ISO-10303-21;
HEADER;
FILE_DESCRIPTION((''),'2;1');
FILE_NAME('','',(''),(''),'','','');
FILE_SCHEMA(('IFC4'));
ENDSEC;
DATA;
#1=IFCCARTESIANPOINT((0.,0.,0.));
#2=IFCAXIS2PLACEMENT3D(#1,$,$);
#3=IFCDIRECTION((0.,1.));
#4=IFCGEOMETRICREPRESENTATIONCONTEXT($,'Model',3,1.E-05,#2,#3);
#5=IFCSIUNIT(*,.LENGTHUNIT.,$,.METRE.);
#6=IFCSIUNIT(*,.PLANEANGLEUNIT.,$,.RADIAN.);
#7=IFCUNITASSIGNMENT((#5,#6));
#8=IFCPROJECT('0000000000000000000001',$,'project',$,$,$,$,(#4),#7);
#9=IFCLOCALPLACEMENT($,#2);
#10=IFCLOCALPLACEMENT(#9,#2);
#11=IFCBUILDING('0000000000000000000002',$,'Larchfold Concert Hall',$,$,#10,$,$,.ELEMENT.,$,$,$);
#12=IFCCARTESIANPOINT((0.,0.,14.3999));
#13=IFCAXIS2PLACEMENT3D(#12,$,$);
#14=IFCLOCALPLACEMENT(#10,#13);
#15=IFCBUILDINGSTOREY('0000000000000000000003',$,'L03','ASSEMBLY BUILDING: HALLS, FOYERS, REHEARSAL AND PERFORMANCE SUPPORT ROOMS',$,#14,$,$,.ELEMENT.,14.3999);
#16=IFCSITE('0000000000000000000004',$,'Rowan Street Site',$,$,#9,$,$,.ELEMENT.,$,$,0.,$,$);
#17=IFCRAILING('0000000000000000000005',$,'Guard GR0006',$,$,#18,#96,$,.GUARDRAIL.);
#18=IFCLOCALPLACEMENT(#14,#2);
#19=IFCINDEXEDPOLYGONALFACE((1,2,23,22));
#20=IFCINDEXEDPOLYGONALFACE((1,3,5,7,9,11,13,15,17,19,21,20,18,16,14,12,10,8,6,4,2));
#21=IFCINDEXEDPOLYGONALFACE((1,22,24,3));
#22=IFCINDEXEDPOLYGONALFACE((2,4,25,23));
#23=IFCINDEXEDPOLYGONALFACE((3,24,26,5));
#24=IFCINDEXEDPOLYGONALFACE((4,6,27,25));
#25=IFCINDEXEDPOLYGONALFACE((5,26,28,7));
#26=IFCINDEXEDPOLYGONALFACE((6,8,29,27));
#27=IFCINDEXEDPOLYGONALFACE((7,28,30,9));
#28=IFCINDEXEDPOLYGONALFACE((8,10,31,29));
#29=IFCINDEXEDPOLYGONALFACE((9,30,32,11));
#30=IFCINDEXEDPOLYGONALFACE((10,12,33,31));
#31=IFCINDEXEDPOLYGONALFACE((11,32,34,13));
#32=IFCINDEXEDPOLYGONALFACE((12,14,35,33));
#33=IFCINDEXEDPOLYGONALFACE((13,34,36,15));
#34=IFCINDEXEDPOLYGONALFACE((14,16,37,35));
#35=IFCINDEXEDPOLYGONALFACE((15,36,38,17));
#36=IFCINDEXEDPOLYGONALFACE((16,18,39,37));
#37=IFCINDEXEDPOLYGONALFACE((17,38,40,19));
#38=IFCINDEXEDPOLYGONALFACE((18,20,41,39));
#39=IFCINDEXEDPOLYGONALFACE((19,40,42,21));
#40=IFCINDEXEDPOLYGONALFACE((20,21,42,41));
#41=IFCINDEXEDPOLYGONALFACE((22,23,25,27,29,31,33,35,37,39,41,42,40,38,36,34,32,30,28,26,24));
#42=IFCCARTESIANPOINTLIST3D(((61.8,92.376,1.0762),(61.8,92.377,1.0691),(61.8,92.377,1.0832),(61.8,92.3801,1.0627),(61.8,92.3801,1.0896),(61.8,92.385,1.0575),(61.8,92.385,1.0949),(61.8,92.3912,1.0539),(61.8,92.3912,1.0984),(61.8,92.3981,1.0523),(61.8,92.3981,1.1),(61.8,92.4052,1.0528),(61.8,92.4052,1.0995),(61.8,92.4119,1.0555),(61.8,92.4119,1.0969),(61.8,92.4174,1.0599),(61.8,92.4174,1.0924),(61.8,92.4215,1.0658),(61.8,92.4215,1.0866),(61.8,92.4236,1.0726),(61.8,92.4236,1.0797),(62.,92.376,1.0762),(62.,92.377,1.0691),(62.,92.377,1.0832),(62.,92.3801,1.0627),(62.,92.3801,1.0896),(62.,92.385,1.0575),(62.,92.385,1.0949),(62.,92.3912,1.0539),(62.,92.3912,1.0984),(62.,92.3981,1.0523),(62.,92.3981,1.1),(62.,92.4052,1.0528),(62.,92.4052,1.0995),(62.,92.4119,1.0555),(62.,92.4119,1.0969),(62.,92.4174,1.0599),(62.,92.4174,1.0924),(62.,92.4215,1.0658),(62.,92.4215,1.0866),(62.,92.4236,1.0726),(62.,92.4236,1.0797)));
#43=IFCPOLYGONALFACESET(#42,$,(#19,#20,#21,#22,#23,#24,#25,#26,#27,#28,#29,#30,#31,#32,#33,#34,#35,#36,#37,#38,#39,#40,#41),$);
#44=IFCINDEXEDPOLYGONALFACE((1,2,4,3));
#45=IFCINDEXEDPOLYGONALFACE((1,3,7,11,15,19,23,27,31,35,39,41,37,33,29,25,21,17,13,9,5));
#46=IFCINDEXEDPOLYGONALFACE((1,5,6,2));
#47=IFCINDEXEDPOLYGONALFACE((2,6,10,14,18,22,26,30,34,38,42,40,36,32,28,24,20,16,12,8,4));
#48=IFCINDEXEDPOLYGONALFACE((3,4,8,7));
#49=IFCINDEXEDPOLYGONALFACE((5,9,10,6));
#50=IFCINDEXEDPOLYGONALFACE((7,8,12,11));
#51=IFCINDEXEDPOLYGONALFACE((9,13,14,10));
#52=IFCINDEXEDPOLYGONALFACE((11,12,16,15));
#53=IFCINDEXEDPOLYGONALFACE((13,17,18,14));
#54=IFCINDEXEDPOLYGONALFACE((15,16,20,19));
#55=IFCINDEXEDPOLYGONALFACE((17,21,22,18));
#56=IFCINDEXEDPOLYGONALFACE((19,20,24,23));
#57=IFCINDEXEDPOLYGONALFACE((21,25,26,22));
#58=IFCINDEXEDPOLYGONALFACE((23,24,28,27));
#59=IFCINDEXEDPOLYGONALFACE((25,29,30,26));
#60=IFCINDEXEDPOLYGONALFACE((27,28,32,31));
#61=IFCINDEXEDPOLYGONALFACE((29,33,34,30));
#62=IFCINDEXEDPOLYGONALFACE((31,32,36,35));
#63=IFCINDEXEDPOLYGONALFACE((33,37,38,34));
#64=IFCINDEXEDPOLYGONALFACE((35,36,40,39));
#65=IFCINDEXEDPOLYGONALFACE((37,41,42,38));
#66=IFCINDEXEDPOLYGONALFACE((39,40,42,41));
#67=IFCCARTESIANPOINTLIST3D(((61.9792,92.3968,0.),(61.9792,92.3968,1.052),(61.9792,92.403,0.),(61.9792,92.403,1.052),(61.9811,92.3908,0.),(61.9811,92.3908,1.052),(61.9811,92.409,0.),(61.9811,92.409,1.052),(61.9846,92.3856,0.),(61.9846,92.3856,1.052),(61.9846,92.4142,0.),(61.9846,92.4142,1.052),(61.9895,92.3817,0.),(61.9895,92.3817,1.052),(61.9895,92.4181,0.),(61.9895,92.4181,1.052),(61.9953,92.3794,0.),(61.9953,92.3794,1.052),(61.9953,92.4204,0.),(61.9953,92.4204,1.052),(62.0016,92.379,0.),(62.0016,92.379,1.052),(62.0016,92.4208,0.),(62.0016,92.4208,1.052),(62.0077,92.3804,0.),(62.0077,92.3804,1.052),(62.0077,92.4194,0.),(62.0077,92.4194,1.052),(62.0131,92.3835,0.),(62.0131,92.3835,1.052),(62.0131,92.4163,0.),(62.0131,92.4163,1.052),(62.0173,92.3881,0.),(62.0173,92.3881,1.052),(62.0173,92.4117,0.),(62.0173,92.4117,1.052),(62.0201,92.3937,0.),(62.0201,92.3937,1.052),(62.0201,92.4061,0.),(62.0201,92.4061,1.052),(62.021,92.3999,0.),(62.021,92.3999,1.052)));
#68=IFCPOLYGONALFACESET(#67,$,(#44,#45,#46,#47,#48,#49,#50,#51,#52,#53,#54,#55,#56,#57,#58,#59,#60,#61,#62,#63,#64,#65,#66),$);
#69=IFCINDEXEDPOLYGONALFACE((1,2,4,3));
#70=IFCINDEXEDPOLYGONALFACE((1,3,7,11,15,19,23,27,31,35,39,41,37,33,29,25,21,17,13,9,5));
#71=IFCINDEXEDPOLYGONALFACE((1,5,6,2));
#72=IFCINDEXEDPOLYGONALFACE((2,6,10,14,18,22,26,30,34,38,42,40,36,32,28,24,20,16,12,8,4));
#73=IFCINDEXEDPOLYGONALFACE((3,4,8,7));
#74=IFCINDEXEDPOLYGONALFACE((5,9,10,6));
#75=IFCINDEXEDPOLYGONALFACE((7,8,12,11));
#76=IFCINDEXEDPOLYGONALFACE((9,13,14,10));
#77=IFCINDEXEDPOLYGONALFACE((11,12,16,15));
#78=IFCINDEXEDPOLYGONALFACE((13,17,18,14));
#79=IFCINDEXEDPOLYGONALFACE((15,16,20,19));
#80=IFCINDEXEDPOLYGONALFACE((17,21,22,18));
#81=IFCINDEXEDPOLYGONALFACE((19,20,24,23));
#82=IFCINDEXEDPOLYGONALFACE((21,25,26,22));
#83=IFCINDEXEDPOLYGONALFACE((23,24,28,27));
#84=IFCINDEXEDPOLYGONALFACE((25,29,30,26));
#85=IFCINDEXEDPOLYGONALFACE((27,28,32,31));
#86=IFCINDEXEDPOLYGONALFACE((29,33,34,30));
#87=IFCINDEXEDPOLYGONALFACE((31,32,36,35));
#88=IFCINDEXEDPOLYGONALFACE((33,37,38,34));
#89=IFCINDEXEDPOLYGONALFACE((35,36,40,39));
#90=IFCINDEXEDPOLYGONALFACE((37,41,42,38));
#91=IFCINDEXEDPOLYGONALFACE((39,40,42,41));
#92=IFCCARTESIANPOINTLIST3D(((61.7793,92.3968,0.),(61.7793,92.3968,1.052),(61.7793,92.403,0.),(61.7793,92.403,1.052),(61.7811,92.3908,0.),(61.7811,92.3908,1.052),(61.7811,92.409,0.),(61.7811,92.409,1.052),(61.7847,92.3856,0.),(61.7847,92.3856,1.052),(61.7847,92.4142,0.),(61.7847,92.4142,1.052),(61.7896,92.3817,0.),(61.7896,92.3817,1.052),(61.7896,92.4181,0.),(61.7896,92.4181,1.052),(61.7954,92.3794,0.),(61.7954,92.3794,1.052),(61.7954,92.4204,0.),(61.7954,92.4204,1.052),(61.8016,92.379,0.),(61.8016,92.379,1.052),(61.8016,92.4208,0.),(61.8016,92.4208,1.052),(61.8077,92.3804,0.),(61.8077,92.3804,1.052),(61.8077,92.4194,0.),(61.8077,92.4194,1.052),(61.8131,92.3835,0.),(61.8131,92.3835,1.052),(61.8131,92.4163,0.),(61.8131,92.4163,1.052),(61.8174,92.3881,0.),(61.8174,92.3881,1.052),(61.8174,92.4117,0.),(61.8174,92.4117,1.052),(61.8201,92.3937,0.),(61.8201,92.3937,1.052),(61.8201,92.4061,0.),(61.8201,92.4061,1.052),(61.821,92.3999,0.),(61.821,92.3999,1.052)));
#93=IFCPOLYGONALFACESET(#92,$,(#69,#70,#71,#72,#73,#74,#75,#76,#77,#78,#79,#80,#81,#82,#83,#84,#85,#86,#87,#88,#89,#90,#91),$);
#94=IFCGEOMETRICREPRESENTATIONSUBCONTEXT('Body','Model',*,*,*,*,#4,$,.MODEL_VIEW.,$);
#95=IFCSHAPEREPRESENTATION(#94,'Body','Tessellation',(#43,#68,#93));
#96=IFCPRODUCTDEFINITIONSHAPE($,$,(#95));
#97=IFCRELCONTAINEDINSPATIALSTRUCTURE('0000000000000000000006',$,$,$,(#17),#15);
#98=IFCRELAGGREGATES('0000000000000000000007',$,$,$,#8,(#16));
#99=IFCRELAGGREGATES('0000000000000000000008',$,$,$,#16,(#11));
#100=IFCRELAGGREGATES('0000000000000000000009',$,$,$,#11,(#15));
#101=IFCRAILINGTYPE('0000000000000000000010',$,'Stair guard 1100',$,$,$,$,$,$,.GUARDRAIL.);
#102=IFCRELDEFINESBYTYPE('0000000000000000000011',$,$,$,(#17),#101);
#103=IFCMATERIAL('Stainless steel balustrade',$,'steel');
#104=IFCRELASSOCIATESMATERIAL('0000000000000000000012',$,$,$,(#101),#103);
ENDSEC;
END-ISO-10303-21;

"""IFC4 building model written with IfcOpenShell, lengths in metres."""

from ifc_helpers import new_model, si_unit, direction, frame, origin, origin_2d, place, context, subcontext, project, spatial, circle, extrude, material, type_object, element, save


model = new_model("IFC4")

# Units and contexts
model_context = context("Model", 3, precision=1e-05, world=origin(), true_north=direction((0.0, 1.0)))
body_context = subcontext(model_context, "Body", "Model", "MODEL_VIEW")
ifc_project = project(units=[si_unit("LENGTHUNIT", "METRE"), si_unit("PLANEANGLEUNIT", "RADIAN")], contexts=[model_context])

# Site, building, storey
site_placement = place(None, origin())
site = spatial("IfcSite", under=ifc_project, at=site_placement, Name="Rowan Street Site", CompositionType="ELEMENT", RefElevation=0.0)
building_placement = place(site_placement, origin())
building = spatial("IfcBuilding", under=site, at=building_placement, Name="Larchfold Concert Hall", CompositionType="ELEMENT")
storey_placement = place(building_placement, frame((0.0, 0.0, 14.3999)))
storey = spatial("IfcBuildingStorey", under=building, at=storey_placement, Name="L03", Description="ASSEMBLY BUILDING: HALLS, FOYERS, REHEARSAL AND PERFORMANCE SUPPORT ROOMS", CompositionType="ELEMENT", Elevation=14.3999)

# Railing
ifc_material_1 = material(Name="Stainless steel balustrade", Category="steel")
railing_type_1 = type_object("IfcRailingType", Name="Stair guard 1100", PredefinedType="GUARDRAIL", material=ifc_material_1)
railing_1_placement = place(storey_placement, frame((62.0, 92.3999, 0.0)))
element("IfcRailing", 1, at=railing_1_placement, inside=storey, type_object=railing_type_1, Name="Guard GR0006", PredefinedType="GUARDRAIL", context=body_context, shape_type="SweptSolid", body=[
    extrude(circle(Radius=0.0239, at=origin_2d()), frame((0.0, 0.0, 1.0762), z_axis=(-1.0, 0.0, 0.0), x_axis=(0.0, -1.0, 0.0)), (0.0, 0.0, 1.0), 0.2),
    extrude(circle(Radius=0.021, at=origin_2d()), origin(), (0.0, 0.0, 1.0), 1.052),
    extrude(circle(Radius=0.021, at=origin_2d()), frame((-0.2, 0.0, 0.0)), (0.0, 0.0, 1.0), 1.052),
])

save(model, "model.ifc")
